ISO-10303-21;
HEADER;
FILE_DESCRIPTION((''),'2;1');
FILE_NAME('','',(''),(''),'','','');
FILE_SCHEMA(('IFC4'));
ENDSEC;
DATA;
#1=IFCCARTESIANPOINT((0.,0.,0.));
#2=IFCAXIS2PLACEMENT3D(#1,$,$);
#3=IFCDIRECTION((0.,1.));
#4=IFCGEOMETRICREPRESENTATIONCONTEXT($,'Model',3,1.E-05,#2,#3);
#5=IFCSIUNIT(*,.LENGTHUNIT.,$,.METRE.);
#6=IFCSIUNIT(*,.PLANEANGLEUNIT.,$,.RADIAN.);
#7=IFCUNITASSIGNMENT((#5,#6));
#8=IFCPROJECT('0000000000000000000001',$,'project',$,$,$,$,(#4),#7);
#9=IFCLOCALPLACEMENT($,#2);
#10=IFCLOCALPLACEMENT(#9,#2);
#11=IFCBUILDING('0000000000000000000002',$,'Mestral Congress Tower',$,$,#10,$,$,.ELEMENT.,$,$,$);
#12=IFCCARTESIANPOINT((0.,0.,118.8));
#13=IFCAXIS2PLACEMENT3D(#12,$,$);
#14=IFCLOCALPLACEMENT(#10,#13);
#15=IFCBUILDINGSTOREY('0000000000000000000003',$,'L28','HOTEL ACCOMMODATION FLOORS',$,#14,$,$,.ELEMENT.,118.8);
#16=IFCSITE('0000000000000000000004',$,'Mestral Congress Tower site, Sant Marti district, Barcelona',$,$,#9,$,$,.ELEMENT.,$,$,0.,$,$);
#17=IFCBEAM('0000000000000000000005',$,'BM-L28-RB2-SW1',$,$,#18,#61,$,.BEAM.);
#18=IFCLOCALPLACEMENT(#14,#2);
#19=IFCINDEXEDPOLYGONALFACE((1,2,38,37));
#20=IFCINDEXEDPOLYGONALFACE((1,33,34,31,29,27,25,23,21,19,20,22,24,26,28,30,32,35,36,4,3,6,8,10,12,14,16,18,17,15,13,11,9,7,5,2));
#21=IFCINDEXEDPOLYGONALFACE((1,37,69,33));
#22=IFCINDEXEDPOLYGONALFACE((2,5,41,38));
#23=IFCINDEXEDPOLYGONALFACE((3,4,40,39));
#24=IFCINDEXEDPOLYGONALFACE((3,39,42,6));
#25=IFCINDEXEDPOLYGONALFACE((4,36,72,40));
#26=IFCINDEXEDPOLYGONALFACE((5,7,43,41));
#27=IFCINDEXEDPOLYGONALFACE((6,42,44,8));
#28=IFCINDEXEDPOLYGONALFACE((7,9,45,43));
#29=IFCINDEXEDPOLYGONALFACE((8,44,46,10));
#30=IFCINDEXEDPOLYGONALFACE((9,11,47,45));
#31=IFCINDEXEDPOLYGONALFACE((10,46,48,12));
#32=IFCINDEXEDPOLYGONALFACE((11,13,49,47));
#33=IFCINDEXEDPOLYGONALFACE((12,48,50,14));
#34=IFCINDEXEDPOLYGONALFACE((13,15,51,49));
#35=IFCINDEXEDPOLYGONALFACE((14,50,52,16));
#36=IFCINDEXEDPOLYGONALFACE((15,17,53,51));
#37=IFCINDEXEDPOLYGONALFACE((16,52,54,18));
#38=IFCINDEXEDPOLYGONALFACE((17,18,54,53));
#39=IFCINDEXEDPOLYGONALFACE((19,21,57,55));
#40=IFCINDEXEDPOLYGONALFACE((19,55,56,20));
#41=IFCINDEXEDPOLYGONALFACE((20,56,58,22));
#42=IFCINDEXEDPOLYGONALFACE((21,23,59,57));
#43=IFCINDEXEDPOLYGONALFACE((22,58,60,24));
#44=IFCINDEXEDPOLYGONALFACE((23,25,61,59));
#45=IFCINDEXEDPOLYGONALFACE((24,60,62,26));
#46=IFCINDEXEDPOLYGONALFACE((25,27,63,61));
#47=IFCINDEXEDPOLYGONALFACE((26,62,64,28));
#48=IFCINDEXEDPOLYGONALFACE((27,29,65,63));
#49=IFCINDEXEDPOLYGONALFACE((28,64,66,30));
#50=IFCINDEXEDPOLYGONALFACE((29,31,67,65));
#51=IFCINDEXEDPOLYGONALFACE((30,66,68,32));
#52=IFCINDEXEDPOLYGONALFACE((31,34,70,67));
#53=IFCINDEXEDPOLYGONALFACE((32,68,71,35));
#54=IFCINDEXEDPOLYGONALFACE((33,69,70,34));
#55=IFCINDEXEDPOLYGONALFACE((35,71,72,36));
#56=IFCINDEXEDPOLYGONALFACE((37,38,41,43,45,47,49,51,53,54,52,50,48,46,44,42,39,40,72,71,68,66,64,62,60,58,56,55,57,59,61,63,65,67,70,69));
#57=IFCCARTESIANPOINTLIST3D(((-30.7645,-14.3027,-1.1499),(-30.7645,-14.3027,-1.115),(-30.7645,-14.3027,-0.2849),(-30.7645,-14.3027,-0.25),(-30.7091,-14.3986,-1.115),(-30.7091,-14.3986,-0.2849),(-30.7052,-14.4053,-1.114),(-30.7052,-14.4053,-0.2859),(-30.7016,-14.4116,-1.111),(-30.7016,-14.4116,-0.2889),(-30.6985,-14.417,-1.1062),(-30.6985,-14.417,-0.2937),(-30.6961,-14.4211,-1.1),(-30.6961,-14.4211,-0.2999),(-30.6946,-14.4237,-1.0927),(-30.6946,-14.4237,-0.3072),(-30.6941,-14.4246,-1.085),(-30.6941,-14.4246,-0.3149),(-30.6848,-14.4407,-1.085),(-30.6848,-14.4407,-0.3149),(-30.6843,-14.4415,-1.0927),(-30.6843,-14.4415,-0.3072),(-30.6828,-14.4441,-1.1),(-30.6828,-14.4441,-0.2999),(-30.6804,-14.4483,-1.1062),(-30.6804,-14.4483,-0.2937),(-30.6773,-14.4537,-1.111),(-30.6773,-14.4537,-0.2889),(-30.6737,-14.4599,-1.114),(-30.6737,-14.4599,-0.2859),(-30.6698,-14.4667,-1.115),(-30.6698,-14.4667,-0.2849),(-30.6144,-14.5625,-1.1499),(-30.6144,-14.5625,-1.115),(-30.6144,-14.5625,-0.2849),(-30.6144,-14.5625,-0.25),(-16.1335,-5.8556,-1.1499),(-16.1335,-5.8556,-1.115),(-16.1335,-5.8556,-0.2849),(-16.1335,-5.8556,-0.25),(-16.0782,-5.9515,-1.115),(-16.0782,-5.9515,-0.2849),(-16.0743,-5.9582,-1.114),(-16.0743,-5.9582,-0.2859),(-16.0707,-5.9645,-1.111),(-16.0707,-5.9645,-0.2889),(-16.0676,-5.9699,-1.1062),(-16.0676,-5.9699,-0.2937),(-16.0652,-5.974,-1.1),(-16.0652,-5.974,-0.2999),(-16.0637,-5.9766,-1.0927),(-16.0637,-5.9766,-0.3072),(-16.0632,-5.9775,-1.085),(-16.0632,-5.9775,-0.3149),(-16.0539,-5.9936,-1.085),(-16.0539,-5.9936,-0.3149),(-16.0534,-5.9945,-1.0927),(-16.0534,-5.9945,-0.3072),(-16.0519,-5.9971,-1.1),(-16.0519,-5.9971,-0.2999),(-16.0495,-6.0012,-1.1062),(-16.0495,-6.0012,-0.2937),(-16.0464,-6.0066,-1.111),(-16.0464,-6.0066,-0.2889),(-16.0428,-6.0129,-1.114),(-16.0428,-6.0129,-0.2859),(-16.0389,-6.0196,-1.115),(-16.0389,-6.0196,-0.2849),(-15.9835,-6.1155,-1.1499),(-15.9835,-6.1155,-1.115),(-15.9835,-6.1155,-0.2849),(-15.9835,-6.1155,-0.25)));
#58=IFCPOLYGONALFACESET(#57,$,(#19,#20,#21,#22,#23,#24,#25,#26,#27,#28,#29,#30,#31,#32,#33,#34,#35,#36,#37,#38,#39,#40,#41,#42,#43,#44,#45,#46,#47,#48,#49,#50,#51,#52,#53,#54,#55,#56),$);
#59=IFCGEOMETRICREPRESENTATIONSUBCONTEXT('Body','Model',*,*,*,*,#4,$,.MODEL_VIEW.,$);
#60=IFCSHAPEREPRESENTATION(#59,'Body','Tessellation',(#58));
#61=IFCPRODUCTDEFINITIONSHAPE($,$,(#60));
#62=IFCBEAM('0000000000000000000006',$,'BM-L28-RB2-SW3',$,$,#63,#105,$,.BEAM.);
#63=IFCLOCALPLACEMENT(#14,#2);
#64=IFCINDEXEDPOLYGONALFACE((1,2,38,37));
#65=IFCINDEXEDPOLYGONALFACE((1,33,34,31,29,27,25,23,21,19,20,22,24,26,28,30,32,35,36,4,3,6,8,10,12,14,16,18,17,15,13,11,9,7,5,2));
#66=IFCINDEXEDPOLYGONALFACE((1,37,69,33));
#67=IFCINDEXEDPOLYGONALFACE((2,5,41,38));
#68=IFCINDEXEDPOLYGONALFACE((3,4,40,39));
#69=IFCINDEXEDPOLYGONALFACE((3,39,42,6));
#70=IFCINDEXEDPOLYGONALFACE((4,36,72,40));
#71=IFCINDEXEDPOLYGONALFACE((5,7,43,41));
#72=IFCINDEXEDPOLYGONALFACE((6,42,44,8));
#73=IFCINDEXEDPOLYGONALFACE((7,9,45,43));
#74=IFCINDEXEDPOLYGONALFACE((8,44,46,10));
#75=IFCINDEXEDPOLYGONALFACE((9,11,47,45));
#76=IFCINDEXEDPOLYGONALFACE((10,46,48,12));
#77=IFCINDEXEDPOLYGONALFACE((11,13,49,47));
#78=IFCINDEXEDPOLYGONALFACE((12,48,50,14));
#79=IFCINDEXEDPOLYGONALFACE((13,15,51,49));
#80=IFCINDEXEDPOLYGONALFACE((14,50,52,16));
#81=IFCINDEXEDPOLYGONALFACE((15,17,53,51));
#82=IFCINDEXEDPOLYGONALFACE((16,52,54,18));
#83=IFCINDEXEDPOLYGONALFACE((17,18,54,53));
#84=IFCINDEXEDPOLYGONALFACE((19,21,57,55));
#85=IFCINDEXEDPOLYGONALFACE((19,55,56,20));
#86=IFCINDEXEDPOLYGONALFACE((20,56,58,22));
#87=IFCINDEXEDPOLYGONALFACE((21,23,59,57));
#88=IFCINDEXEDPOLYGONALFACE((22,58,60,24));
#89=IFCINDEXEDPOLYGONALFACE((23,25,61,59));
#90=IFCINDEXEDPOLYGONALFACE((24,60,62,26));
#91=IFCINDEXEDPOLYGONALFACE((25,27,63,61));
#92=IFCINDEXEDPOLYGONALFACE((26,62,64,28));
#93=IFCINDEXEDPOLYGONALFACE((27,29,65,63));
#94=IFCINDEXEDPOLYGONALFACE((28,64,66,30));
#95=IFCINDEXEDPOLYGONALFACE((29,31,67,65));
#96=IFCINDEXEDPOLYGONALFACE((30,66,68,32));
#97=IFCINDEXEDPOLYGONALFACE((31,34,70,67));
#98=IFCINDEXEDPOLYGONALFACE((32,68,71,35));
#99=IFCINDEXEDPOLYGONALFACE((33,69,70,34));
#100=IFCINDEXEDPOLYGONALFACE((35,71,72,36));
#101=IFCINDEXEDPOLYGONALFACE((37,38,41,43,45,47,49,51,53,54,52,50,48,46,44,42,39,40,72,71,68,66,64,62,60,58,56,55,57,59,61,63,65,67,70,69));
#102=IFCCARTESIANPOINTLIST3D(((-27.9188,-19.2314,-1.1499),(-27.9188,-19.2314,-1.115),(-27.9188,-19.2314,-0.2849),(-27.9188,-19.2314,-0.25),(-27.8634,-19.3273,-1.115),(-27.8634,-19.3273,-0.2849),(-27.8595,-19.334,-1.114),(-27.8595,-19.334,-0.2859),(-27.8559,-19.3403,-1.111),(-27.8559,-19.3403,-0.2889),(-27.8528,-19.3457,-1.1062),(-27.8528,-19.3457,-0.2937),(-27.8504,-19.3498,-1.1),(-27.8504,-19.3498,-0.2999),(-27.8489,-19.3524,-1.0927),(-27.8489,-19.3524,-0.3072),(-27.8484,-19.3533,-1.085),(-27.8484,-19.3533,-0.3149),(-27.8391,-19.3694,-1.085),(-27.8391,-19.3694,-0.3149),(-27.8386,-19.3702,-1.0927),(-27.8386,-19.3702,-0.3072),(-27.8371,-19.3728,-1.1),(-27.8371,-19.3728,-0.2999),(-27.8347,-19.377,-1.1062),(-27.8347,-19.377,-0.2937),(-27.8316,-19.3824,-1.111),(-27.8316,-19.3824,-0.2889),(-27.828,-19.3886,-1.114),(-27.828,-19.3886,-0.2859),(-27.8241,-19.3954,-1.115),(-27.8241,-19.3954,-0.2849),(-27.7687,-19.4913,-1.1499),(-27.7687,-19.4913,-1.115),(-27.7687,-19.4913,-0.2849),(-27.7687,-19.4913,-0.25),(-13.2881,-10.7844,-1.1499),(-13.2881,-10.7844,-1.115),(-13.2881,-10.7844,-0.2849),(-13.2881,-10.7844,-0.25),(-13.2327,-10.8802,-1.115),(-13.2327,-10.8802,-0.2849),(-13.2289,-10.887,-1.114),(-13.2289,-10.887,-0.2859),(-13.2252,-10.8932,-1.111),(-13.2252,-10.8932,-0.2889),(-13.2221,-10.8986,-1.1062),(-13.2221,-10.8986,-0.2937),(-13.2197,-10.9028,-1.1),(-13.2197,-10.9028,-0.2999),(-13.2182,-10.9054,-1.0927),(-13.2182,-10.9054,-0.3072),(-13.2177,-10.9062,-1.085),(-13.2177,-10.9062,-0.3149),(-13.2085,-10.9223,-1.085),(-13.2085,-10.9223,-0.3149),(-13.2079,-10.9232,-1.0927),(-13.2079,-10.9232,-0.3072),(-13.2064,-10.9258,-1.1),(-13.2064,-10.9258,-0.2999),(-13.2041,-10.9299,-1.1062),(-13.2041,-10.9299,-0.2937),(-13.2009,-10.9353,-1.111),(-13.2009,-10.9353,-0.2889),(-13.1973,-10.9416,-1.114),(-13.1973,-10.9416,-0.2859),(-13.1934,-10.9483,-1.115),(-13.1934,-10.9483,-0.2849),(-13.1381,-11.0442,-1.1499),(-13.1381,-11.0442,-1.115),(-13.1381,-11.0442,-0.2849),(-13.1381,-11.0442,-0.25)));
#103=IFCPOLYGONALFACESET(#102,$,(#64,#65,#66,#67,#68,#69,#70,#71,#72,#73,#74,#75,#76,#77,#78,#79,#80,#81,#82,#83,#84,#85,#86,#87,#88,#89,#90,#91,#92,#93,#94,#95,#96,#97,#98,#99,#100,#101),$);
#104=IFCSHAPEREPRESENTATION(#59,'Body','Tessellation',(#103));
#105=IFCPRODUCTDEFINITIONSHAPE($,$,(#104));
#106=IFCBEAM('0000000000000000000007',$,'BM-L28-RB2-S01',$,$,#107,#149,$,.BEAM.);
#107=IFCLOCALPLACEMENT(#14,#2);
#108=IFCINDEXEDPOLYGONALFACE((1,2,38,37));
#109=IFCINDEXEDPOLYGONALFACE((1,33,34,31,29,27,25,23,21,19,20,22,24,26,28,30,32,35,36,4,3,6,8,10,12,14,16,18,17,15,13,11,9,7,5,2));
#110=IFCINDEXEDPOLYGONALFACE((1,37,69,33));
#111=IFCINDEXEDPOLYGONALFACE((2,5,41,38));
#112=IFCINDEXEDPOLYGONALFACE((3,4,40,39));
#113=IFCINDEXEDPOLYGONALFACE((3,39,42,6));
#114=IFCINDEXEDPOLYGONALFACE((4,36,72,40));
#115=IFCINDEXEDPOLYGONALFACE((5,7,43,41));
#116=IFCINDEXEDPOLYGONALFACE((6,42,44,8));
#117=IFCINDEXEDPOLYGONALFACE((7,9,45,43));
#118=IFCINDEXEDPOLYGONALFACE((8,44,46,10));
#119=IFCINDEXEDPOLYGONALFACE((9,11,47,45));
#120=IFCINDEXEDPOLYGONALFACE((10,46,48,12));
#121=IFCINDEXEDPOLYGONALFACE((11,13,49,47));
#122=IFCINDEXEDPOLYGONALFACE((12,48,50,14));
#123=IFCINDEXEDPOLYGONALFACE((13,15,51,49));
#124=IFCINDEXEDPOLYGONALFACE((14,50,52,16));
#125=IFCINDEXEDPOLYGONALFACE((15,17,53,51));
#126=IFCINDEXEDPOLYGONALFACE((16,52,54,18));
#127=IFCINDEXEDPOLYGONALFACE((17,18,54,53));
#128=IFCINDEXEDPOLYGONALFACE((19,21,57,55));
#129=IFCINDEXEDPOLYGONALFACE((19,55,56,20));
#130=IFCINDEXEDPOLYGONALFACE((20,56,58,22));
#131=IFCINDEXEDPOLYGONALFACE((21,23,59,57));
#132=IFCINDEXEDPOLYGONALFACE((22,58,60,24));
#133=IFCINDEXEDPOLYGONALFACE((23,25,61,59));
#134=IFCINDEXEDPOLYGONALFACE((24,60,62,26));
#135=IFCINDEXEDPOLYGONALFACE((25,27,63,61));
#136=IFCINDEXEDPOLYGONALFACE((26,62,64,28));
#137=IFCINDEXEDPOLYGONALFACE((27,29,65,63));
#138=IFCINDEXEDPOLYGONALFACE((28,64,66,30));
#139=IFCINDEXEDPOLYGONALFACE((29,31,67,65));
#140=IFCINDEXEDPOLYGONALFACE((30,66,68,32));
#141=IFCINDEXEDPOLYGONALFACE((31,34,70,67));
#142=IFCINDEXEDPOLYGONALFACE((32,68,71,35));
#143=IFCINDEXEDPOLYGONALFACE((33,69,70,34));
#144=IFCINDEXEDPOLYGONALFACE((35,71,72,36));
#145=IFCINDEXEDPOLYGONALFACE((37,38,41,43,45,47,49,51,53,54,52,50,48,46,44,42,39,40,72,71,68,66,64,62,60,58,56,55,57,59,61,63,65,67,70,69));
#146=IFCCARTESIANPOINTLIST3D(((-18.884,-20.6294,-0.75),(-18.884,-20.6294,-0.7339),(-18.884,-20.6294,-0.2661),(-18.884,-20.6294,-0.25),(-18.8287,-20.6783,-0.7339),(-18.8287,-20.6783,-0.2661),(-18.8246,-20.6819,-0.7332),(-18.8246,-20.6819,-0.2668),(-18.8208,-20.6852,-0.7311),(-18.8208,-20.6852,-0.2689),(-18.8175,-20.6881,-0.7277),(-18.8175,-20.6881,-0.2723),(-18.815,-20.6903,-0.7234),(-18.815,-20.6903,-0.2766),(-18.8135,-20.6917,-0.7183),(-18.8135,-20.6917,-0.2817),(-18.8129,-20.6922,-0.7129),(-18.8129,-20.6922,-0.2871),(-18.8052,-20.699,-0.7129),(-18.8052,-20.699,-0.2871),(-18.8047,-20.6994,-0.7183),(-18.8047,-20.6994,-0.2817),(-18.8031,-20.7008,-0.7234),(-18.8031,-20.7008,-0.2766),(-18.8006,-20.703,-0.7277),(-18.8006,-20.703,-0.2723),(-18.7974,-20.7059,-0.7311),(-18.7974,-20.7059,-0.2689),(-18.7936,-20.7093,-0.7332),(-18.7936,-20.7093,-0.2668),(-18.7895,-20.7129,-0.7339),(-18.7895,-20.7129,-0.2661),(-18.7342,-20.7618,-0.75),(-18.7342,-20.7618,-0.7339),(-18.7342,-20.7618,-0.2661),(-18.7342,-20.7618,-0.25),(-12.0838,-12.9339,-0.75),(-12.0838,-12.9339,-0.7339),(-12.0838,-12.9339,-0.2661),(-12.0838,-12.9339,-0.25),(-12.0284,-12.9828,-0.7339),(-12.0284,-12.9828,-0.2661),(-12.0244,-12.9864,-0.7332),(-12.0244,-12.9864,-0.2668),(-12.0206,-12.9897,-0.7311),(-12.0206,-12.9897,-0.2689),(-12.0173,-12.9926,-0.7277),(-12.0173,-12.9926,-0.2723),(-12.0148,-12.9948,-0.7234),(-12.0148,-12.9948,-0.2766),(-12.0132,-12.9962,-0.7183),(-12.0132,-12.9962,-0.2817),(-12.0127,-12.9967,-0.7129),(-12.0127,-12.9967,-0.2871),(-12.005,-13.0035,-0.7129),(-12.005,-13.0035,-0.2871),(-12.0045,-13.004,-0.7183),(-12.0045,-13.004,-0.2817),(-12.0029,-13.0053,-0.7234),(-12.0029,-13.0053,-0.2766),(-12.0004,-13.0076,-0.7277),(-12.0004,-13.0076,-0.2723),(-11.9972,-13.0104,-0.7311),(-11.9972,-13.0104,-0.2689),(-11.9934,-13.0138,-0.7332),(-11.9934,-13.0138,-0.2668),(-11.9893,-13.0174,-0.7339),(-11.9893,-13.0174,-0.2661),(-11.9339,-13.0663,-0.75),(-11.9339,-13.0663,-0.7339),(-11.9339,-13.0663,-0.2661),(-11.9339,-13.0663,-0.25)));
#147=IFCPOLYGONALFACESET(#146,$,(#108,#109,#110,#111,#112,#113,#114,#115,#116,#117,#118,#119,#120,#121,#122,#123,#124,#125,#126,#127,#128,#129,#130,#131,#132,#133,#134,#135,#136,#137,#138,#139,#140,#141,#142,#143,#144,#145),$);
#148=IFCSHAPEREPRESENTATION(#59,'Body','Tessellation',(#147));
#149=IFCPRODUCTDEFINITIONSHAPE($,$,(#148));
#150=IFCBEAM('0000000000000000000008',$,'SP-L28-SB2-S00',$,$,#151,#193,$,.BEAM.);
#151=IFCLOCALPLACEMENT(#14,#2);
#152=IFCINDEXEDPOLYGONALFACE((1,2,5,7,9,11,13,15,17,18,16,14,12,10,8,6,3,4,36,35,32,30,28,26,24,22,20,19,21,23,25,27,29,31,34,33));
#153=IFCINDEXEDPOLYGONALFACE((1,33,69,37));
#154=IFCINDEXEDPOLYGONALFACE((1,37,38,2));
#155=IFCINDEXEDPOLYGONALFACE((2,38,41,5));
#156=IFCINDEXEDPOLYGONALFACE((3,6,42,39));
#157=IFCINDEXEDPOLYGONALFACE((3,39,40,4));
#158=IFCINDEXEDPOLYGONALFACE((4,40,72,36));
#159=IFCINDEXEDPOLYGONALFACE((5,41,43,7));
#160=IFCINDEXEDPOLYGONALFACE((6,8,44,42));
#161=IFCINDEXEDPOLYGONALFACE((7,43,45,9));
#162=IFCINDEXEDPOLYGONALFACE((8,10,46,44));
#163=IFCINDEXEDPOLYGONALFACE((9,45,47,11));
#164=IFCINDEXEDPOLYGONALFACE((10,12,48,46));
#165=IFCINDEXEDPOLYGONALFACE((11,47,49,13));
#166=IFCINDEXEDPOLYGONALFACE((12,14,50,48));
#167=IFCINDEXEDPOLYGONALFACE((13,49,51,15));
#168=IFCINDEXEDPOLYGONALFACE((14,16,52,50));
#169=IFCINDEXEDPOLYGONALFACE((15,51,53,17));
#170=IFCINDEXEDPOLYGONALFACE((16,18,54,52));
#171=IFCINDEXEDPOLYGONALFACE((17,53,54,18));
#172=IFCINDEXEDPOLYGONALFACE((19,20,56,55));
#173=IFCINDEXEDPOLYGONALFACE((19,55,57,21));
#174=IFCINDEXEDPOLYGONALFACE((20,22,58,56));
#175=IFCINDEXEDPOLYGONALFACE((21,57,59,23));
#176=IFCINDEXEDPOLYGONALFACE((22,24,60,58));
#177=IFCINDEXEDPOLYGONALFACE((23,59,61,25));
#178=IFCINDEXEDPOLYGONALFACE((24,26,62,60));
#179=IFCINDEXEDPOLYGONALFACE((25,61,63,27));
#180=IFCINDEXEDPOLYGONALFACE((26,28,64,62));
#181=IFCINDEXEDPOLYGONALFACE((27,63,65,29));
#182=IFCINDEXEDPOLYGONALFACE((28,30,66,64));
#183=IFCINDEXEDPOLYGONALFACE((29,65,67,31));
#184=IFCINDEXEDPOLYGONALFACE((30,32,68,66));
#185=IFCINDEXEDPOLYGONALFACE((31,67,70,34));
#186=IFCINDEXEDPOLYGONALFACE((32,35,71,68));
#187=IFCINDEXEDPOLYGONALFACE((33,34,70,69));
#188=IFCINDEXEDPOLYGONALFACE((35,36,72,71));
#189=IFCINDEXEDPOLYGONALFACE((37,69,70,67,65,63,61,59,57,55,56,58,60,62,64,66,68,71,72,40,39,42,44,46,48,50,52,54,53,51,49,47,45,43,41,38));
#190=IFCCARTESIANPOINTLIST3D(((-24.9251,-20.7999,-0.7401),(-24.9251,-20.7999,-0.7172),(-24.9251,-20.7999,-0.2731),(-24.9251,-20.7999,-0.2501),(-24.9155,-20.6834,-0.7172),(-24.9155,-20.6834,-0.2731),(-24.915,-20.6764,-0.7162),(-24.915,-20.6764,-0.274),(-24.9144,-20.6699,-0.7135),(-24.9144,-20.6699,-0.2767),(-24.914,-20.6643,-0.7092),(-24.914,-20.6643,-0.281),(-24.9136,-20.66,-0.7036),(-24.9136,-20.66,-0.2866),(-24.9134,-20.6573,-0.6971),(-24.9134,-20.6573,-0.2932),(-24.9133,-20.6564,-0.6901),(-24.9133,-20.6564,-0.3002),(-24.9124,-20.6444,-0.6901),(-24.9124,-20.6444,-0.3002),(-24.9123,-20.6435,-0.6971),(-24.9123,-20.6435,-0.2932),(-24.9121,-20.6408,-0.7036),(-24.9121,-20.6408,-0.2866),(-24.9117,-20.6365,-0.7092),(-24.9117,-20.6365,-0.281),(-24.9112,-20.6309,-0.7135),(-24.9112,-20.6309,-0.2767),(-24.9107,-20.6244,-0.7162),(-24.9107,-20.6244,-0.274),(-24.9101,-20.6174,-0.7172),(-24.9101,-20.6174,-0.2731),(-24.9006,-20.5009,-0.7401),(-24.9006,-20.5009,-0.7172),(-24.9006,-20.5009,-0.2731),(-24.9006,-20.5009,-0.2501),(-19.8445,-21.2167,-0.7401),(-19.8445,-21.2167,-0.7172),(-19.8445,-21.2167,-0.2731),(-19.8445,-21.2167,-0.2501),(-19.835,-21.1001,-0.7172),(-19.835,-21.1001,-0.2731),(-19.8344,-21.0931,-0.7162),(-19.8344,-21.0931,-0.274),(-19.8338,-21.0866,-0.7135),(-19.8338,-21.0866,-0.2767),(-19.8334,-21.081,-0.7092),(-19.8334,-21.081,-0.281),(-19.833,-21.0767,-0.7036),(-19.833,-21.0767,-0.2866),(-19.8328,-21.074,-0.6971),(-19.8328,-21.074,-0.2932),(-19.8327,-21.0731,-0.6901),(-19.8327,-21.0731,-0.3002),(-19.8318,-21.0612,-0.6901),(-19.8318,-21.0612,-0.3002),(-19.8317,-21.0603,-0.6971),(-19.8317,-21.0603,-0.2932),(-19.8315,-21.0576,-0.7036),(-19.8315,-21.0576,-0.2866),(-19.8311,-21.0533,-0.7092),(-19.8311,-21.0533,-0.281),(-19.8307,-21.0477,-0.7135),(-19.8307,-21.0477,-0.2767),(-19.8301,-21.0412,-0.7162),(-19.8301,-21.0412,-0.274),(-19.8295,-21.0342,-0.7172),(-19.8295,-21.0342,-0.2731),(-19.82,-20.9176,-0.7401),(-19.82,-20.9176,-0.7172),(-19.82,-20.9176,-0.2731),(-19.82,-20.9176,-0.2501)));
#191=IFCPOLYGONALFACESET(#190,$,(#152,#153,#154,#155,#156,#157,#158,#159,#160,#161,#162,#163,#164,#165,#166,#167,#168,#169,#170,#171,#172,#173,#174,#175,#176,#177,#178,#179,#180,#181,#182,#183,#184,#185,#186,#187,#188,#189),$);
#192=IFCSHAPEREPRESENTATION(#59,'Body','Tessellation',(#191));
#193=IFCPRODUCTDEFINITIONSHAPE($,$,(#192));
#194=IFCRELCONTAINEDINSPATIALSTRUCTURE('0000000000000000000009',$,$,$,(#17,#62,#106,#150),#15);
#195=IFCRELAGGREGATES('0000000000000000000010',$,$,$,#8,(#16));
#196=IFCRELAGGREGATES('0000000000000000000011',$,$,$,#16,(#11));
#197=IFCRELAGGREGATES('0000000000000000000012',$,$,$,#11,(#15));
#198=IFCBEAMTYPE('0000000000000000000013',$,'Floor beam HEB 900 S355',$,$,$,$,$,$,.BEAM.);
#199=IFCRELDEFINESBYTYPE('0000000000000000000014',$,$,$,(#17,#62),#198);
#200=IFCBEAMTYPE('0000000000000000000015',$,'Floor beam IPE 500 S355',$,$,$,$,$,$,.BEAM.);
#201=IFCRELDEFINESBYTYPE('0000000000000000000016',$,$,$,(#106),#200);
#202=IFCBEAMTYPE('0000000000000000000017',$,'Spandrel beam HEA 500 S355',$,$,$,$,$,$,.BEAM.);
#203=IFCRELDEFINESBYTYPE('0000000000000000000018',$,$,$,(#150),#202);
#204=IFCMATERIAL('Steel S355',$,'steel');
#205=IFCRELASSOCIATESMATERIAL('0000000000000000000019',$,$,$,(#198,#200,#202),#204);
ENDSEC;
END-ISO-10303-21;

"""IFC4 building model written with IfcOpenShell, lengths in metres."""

from ifc_helpers import new_model, si_unit, direction, frame, origin, origin_2d, place, context, subcontext, project, spatial, i_section, extrude, material, material_profile, profile_set, type_object, element, save


model = new_model("IFC4")

# Units and contexts
model_context = context("Model", 3, precision=1e-05, world=origin(), true_north=direction((0.0, 1.0)))
body_context = subcontext(model_context, "Body", "Model", "MODEL_VIEW")
ifc_project = project(units=[si_unit("LENGTHUNIT", "METRE"), si_unit("PLANEANGLEUNIT", "RADIAN")], contexts=[model_context])

# Site, building, storey
site_placement = place(None, origin())
site = spatial("IfcSite", under=ifc_project, at=site_placement, Name="Mestral Congress Tower site, Sant Marti district, Barcelona", CompositionType="ELEMENT", RefElevation=0.0)
building_placement = place(site_placement, origin())
building = spatial("IfcBuilding", under=site, at=building_placement, Name="Mestral Congress Tower", CompositionType="ELEMENT")
storey_placement = place(building_placement, frame((0.0, 0.0, 118.8)))
storey = spatial("IfcBuildingStorey", under=building, at=storey_placement, Name="L28", Description="HOTEL ACCOMMODATION FLOORS", CompositionType="ELEMENT", Elevation=118.8)

# Beams
ifc_material_1 = material(Name="Steel S355", Category="steel")
ifc_material_profile_1 = material_profile(ifc_material_1, i_section(OverallWidth=0.3, OverallDepth=0.8999, WebThickness=0.0186, FlangeThickness=0.0349, FilletRadius=0.03, at=origin_2d()), Name="HEB 900")
ifc_profile_set_1 = profile_set([ifc_material_profile_1], Name="Steel S355")
beam_type_1 = type_object("IfcBeamType", Name="Floor beam HEB 900 S355", PredefinedType="BEAM", material=ifc_profile_set_1)
beam_1_placement = place(storey_placement, frame((-30.6895, -14.4326, -0.7), z_axis=(0.866028, 0.499995, 0.0), x_axis=(-0.499995, 0.866028, 0.0)))
element("IfcBeam", 1, at=beam_1_placement, inside=storey, type_object=beam_type_1, Name="BM-L28-RB2-SW1", PredefinedType="BEAM", context=body_context, shape_type="SweptSolid", body=[
    extrude(i_section(OverallWidth=0.3, OverallDepth=0.8999, WebThickness=0.0186, FlangeThickness=0.0349, FilletRadius=0.03, at=origin_2d()), origin(), (0.0, 0.0, 1.0), 16.8943),
])
beam_2_placement = place(storey_placement, frame((-27.8438, -19.3613, -0.7), z_axis=(0.866025, 0.500001, 0.0), x_axis=(-0.500001, 0.866025, 0.0)))
element("IfcBeam", 2, at=beam_2_placement, inside=storey, type_object=beam_type_1, Name="BM-L28-RB2-SW3", PredefinedType="BEAM", context=body_context, shape_type="SweptSolid", body=[
    extrude(i_section(OverallWidth=0.3, OverallDepth=0.8999, WebThickness=0.0186, FlangeThickness=0.0349, FilletRadius=0.03, at=origin_2d()), origin(), (0.0, 0.0, 1.0), 16.894),
])
ifc_material_profile_2 = material_profile(ifc_material_1, i_section(OverallWidth=0.2, OverallDepth=0.5, WebThickness=0.0103, FlangeThickness=0.0161, FilletRadius=0.021, at=origin_2d()), Name="IPE 500")
ifc_profile_set_2 = profile_set([ifc_material_profile_2], Name="Steel S355")
beam_type_2 = type_object("IfcBeamType", Name="Floor beam IPE 500 S355", PredefinedType="BEAM", material=ifc_profile_set_2)
beam_3_placement = place(storey_placement, frame((-18.8091, -20.6956, -0.5), z_axis=(0.662174, 0.74935, 0.0), x_axis=(-0.74935, 0.662174, 0.0)))
element("IfcBeam", 3, at=beam_3_placement, inside=storey, type_object=beam_type_2, Name="BM-L28-RB2-S01", PredefinedType="BEAM", context=body_context, shape_type="SweptSolid", body=[
    extrude(i_section(OverallWidth=0.2, OverallDepth=0.5, WebThickness=0.0103, FlangeThickness=0.0161, FilletRadius=0.021, at=origin_2d()), origin(), (0.0, 0.0, 1.0), 10.2695),
])
ifc_material_profile_3 = material_profile(ifc_material_1, i_section(OverallWidth=0.3, OverallDepth=0.49, WebThickness=0.012, FlangeThickness=0.0229, FilletRadius=0.0271, at=origin_2d()), Name="HEA 500")
ifc_profile_set_3 = profile_set([ifc_material_profile_3], Name="Steel S355")
beam_type_3 = type_object("IfcBeamType", Name="Spandrel beam HEA 500 S355", PredefinedType="BEAM", material=ifc_profile_set_3)
beam_4_placement = place(storey_placement, frame((-24.9128, -20.6504, -0.4951), z_axis=(0.996653, -0.081753, 0.0), x_axis=(0.081753, 0.996653, 0.0)))
element("IfcBeam", 4, at=beam_4_placement, inside=storey, type_object=beam_type_3, Name="SP-L28-SB2-S00", PredefinedType="BEAM", context=body_context, shape_type="SweptSolid", body=[
    extrude(i_section(OverallWidth=0.3, OverallDepth=0.49, WebThickness=0.012, FlangeThickness=0.0229, FilletRadius=0.0271, at=origin_2d()), origin(), (0.0, 0.0, 1.0), 5.0977),
])

save(model, "model.ifc")
